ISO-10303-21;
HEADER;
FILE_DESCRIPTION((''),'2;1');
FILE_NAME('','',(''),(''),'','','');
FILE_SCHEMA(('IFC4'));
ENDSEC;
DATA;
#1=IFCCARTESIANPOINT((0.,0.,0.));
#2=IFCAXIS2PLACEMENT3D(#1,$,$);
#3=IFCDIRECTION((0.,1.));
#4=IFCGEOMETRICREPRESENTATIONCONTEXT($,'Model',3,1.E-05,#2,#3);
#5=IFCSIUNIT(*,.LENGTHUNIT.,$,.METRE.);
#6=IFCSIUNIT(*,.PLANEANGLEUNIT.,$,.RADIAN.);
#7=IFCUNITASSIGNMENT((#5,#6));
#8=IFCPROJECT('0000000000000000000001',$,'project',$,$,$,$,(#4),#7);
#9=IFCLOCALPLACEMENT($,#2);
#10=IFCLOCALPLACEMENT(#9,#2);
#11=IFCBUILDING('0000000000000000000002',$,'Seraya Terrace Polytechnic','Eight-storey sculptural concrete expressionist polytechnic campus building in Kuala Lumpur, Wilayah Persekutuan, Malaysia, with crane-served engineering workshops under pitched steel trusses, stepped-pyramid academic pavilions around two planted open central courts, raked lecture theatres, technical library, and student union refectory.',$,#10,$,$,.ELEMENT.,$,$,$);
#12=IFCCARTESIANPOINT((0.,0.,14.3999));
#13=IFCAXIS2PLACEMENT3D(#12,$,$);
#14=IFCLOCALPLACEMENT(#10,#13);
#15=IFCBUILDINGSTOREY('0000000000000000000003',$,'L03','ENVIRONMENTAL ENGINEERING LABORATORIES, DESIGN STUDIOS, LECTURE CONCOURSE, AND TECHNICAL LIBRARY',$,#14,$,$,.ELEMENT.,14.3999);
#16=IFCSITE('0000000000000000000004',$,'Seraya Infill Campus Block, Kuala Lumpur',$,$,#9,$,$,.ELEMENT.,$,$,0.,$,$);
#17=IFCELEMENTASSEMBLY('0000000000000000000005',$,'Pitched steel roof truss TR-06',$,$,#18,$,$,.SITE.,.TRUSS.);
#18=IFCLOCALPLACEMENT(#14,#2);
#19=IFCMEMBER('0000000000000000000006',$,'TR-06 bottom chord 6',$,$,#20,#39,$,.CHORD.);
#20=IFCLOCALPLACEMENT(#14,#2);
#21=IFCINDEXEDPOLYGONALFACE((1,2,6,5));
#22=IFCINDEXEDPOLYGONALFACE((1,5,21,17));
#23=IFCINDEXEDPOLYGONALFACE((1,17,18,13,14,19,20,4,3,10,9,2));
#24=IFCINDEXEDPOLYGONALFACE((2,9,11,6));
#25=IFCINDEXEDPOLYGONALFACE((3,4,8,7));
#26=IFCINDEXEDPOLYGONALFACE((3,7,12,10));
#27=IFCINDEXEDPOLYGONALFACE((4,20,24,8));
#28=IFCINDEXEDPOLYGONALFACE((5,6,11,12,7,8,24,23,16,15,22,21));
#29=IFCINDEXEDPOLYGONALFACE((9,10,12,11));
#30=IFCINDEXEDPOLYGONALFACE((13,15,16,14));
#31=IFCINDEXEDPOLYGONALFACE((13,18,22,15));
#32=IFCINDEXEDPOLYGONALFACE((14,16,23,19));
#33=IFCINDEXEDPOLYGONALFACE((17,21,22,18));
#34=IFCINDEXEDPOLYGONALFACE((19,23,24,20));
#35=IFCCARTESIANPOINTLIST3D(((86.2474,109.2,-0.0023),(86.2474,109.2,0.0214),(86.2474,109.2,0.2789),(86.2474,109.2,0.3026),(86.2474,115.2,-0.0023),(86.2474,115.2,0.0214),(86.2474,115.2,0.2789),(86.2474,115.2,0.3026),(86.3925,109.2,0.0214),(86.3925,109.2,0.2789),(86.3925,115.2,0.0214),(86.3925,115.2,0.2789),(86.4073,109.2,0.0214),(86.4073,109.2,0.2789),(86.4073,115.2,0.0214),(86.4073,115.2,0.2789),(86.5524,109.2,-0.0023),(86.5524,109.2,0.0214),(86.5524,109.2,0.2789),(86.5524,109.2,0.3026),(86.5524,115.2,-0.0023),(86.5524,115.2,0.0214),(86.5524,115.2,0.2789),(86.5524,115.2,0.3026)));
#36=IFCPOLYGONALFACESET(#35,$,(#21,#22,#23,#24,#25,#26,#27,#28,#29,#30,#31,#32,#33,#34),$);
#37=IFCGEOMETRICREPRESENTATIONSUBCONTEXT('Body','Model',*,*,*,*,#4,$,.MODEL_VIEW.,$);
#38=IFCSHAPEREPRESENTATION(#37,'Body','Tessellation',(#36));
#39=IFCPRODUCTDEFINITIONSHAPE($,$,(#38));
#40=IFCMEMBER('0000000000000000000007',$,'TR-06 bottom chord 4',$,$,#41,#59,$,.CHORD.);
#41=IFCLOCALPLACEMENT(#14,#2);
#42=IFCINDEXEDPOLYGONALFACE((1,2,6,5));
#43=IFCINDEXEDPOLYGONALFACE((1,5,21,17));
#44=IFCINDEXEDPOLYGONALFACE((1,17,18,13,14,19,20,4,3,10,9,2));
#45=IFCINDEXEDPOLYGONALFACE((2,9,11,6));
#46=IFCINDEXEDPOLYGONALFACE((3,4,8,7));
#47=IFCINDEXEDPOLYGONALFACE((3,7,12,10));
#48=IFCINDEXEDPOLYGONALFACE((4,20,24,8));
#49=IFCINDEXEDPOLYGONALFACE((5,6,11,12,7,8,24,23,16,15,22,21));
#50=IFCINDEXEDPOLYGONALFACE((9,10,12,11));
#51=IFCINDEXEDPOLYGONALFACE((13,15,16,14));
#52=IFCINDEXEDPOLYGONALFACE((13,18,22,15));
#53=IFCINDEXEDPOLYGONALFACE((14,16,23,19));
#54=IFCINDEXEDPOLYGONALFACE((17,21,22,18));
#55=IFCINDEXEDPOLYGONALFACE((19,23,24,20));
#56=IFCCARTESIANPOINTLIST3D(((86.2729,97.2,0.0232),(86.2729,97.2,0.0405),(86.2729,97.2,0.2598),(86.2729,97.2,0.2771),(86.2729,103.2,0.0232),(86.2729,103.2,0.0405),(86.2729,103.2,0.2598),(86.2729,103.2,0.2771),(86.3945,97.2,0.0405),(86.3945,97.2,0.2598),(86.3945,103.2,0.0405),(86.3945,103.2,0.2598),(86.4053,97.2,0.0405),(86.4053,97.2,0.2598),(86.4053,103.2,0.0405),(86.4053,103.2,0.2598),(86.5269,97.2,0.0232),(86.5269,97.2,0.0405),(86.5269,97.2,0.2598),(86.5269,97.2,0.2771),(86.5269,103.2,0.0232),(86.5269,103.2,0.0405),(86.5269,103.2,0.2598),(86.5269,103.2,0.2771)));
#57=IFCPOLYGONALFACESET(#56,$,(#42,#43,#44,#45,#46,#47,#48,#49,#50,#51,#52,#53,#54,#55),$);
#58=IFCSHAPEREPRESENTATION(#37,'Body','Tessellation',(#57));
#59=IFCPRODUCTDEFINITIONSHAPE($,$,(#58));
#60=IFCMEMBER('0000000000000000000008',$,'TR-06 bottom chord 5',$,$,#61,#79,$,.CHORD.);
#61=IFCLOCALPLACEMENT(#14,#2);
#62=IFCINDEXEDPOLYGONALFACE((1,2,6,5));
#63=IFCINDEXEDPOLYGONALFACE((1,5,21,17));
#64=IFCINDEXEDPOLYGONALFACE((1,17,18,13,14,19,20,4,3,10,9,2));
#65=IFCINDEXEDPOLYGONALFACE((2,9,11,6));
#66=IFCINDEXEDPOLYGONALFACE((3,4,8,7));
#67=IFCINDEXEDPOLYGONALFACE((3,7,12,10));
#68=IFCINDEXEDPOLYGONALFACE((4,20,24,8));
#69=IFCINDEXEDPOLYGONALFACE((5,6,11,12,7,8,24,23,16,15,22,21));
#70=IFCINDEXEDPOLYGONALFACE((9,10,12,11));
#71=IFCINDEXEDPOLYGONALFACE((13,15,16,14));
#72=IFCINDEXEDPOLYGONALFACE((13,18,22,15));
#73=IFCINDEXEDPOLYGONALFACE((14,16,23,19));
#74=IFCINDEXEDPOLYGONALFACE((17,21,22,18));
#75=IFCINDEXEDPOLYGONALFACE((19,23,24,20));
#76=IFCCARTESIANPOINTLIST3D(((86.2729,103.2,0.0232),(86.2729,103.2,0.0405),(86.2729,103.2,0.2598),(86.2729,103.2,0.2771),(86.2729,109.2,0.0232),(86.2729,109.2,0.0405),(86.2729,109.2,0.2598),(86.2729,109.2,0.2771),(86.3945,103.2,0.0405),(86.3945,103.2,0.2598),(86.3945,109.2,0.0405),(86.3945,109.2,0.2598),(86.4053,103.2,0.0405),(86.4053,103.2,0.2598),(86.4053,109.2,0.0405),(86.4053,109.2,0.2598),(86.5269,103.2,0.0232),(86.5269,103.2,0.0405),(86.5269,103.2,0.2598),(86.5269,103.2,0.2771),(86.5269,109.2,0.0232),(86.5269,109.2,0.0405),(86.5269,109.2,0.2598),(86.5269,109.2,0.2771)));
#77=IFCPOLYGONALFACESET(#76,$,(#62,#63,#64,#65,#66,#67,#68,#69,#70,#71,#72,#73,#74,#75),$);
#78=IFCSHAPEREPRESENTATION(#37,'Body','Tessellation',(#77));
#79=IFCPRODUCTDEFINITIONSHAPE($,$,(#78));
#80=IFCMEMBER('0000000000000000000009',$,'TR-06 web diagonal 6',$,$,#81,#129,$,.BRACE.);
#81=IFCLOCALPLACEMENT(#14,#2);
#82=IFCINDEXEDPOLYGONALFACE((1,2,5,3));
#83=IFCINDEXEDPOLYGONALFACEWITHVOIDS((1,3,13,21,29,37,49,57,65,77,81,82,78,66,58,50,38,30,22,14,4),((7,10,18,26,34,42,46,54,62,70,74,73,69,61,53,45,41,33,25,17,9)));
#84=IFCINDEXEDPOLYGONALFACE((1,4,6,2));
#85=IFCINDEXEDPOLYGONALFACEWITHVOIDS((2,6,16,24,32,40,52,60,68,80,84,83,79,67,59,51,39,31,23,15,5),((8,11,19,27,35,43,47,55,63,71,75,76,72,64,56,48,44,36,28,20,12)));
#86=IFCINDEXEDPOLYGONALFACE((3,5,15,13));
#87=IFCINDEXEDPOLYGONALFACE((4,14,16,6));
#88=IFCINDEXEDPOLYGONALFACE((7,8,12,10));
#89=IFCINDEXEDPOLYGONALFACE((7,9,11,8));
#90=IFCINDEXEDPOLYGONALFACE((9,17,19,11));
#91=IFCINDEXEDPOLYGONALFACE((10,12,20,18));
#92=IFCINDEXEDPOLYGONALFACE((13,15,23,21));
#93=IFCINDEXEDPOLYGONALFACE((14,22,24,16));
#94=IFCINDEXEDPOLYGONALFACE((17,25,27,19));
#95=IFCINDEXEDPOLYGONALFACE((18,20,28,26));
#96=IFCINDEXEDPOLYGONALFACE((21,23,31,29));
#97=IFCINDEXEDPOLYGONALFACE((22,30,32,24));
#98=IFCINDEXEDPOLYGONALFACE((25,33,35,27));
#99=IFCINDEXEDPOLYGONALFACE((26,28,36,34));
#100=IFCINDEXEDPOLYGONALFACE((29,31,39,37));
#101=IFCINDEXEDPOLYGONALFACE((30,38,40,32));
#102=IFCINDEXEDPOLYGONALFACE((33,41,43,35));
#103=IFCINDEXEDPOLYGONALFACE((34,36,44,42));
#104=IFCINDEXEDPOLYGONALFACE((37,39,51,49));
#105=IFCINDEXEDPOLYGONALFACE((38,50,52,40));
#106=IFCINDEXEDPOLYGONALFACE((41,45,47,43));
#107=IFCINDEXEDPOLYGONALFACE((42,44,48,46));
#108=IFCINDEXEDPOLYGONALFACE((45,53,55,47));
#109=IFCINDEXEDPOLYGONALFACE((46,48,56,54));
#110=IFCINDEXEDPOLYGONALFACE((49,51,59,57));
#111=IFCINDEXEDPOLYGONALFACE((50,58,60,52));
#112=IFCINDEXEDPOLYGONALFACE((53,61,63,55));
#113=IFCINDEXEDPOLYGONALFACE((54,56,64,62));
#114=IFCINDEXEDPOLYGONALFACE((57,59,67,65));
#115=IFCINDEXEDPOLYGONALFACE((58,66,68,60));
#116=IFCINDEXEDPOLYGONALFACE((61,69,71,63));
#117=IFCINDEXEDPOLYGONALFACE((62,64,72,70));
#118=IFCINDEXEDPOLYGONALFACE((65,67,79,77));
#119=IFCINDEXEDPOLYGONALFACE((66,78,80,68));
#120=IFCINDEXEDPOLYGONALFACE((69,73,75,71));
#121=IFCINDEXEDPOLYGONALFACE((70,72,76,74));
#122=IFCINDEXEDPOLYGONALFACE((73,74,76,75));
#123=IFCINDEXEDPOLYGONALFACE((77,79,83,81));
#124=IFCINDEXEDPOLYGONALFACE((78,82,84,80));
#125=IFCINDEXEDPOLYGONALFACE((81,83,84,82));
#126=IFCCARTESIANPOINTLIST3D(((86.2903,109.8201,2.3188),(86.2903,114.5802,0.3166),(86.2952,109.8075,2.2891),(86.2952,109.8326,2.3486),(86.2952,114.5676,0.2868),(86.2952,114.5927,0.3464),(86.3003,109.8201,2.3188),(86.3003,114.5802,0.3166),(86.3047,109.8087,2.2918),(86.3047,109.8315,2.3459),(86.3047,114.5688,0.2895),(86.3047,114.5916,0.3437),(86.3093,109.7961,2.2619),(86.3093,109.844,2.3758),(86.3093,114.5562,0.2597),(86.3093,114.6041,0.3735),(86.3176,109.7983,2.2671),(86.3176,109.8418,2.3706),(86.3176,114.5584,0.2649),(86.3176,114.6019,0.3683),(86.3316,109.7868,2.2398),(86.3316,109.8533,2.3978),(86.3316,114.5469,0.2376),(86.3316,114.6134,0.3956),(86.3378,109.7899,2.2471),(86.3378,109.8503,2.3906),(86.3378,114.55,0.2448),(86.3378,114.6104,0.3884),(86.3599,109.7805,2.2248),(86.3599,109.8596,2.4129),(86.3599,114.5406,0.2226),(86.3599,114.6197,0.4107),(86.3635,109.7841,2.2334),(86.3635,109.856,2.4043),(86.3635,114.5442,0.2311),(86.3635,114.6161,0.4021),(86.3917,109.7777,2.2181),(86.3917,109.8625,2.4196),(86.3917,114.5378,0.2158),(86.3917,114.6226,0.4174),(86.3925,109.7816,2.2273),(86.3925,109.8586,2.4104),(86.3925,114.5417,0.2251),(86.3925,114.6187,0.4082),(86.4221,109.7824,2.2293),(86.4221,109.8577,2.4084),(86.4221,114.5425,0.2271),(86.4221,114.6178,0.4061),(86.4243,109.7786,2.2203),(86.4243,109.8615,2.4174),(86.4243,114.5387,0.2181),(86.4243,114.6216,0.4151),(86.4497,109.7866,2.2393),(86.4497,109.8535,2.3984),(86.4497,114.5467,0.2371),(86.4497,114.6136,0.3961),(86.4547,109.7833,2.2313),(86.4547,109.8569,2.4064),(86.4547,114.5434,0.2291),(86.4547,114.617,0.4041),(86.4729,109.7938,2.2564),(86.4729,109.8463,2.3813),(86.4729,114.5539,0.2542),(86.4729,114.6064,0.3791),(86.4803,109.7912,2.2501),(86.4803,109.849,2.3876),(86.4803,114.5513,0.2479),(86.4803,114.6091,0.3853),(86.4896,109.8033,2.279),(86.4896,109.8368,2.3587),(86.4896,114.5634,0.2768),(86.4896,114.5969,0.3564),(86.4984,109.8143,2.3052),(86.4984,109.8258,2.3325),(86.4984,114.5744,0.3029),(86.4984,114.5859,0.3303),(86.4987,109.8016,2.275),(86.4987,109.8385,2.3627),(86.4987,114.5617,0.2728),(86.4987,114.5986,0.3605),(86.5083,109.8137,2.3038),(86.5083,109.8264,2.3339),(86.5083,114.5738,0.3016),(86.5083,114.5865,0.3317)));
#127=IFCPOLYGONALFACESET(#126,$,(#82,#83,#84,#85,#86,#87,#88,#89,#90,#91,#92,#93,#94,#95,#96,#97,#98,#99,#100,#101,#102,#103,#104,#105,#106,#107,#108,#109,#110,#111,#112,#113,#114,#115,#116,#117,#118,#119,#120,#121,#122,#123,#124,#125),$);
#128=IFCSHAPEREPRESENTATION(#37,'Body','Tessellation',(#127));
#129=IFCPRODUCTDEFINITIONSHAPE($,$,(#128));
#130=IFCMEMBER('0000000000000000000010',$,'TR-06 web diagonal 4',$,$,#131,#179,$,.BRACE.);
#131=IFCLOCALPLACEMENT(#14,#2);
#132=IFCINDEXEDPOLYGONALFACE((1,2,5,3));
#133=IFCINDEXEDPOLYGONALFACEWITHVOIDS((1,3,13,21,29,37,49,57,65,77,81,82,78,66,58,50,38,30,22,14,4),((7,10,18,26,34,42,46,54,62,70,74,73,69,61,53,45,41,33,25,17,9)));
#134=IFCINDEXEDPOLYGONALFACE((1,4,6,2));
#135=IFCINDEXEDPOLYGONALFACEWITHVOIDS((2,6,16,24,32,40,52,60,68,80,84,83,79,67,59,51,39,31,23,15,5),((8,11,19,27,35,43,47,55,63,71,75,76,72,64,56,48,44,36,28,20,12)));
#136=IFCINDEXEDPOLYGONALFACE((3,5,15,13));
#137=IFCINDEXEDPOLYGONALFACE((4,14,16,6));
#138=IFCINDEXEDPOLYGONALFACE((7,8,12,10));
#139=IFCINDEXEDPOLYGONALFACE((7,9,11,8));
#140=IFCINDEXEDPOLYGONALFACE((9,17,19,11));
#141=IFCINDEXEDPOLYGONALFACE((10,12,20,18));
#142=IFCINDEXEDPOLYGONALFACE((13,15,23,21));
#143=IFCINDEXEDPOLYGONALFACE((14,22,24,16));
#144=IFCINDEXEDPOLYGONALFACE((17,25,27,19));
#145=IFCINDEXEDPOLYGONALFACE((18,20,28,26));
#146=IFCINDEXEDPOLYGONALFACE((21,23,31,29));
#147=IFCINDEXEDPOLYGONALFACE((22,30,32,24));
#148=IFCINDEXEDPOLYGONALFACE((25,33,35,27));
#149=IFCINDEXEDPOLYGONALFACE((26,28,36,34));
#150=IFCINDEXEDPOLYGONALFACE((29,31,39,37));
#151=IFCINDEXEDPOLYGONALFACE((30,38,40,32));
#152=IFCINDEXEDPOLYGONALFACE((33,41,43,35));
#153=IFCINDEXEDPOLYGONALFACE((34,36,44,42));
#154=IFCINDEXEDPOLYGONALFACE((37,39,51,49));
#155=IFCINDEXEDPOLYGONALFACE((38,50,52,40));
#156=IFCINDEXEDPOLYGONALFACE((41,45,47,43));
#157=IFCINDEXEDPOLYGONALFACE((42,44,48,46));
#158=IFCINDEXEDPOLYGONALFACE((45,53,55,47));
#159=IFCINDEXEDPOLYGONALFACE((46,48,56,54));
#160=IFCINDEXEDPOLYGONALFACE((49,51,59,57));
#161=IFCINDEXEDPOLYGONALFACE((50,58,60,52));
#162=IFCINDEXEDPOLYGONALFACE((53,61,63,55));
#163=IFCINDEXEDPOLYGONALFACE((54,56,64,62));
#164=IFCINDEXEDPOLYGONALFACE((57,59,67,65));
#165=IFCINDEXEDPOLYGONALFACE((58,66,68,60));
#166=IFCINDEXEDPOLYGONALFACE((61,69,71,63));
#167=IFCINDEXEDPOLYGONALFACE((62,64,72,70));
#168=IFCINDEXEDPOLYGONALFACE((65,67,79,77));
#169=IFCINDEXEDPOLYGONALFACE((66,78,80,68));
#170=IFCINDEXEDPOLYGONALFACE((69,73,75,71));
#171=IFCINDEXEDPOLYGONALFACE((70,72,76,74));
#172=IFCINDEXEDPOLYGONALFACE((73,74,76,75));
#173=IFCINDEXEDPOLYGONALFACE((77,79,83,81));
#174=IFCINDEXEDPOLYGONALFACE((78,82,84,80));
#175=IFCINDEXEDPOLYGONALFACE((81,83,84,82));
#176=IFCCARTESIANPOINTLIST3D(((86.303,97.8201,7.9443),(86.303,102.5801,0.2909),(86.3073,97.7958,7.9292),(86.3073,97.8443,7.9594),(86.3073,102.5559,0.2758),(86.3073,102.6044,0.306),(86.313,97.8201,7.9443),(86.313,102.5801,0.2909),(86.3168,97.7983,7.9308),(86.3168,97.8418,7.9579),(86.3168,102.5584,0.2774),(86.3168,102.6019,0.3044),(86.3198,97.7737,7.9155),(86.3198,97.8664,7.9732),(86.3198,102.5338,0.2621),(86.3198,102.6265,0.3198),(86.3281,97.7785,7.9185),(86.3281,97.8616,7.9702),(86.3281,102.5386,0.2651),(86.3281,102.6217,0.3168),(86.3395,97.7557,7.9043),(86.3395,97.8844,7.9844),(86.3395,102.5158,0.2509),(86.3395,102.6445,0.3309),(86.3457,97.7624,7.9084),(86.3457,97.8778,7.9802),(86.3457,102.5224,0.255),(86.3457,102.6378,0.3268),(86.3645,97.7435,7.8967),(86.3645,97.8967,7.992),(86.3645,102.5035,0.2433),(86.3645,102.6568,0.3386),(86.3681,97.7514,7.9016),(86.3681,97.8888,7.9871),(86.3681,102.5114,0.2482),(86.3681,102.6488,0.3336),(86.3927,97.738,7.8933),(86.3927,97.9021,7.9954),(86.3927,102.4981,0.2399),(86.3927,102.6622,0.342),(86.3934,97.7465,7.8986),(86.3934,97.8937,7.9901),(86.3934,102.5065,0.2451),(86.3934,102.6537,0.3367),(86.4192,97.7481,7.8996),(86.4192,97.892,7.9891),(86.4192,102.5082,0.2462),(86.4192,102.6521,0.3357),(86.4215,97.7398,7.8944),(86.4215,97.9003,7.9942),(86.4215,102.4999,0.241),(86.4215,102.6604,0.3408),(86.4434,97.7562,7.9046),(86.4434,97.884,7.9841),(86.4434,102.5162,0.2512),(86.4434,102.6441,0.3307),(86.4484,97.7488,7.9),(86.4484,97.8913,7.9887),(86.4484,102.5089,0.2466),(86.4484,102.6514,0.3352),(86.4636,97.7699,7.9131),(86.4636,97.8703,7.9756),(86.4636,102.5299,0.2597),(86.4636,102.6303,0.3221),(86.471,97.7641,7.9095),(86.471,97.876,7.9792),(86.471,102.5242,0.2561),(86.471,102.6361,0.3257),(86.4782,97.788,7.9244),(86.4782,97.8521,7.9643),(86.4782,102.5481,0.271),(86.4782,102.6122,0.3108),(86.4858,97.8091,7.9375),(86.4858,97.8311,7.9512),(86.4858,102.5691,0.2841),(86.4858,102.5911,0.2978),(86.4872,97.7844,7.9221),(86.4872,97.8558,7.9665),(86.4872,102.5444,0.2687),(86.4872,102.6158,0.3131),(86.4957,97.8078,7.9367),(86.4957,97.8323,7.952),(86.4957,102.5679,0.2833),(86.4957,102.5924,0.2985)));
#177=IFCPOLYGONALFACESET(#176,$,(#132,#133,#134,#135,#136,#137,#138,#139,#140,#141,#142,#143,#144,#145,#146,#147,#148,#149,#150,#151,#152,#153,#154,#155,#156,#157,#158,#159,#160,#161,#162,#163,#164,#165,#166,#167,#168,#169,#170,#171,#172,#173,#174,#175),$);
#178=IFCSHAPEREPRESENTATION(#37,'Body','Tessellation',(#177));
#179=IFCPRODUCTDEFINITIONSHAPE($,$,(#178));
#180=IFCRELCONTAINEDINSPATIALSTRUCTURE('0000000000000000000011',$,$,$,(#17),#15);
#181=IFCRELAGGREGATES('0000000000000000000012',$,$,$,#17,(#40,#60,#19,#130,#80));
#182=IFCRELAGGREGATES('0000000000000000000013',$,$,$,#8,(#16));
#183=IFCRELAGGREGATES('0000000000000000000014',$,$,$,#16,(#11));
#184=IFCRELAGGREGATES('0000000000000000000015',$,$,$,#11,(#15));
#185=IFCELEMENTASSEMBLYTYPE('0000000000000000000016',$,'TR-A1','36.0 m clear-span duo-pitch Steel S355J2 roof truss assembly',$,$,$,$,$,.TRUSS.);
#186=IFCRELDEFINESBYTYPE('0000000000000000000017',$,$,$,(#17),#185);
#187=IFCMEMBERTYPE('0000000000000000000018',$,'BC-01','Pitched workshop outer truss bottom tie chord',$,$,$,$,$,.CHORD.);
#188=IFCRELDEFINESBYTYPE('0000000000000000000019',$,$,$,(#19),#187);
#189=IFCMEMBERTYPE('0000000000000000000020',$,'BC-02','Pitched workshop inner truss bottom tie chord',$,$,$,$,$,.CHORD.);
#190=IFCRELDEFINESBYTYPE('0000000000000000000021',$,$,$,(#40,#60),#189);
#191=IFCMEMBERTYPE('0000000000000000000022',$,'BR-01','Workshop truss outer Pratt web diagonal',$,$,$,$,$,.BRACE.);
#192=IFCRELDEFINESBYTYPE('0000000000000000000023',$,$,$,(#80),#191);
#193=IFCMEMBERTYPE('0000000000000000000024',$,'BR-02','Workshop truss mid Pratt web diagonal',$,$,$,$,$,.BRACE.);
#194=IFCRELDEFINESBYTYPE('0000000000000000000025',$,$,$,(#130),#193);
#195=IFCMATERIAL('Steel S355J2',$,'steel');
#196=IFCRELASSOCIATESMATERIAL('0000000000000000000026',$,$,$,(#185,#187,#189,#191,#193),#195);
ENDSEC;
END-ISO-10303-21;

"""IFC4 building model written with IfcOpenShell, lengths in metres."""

from ifc_helpers import new_model, si_unit, direction, frame, origin, origin_2d, place, context, subcontext, project, spatial, hollow_circle, i_section, extrude, material, material_profile, profile_set, type_object, element, aggregate, save


model = new_model("IFC4")

# Units and contexts
model_context = context("Model", 3, precision=1e-05, world=origin(), true_north=direction((0.0, 1.0)))
body_context = subcontext(model_context, "Body", "Model", "MODEL_VIEW")
ifc_project = project(units=[si_unit("LENGTHUNIT", "METRE"), si_unit("PLANEANGLEUNIT", "RADIAN")], contexts=[model_context])

# Site, building, storey
site_placement = place(None, origin())
site = spatial("IfcSite", under=ifc_project, at=site_placement, Name="Seraya Infill Campus Block, Kuala Lumpur", CompositionType="ELEMENT", RefElevation=0.0)
building_placement = place(site_placement, origin())
building = spatial("IfcBuilding", under=site, at=building_placement, Name="Seraya Terrace Polytechnic", Description="Eight-storey sculptural concrete expressionist polytechnic campus building in Kuala Lumpur, Wilayah Persekutuan, Malaysia, with crane-served engineering workshops under pitched steel trusses, stepped-pyramid academic pavilions around two planted open central courts, raked lecture theatres, technical library, and student union refectory.", CompositionType="ELEMENT")
storey_placement = place(building_placement, frame((0.0, 0.0, 14.3999)))
storey = spatial("IfcBuildingStorey", under=building, at=storey_placement, Name="L03", Description="ENVIRONMENTAL ENGINEERING LABORATORIES, DESIGN STUDIOS, LECTURE CONCOURSE, AND TECHNICAL LIBRARY", CompositionType="ELEMENT", Elevation=14.3999)

# Element assembly, members
ifc_material_1 = material(Name="Steel S355J2", Category="steel")
element_assembly_type = type_object("IfcElementAssemblyType", Name="TR-A1", Description="36.0 m clear-span duo-pitch Steel S355J2 roof truss assembly", PredefinedType="TRUSS", material=ifc_material_1)
assembly_placement = place(storey_placement, origin())
assembly = element("IfcElementAssembly", 1, at=assembly_placement, inside=storey, type_object=element_assembly_type, Name="Pitched steel roof truss TR-06", AssemblyPlace="SITE", PredefinedType="TRUSS")
ifc_material_profile_1 = material_profile(ifc_material_1, i_section(OverallWidth=0.3049, OverallDepth=0.3049, WebThickness=0.0149, FlangeThickness=0.0237, at=origin_2d()), Name="UKC 305x305x14.9x23.8")
ifc_profile_set_1 = profile_set([ifc_material_profile_1], Name="Steel S355J2")
member_type_1 = type_object("IfcMemberType", Name="BC-01", Description="Pitched workshop outer truss bottom tie chord", PredefinedType="CHORD", material=ifc_profile_set_1)
member_1_placement = place(storey_placement, frame((86.3999, 109.2, 0.1501), z_axis=(0.0, 1.0, 0.0), x_axis=(-1.0, 0.0, 0.0)))
member_1 = element("IfcMember", 2, at=member_1_placement, type_object=member_type_1, Name="TR-06 bottom chord 6", PredefinedType="CHORD", context=body_context, shape_type="SweptSolid", body=[
    extrude(i_section(OverallWidth=0.3049, OverallDepth=0.3049, WebThickness=0.0149, FlangeThickness=0.0237, at=origin_2d()), origin(), (0.0, 0.0, 1.0), 6.0),
])
ifc_material_profile_2 = material_profile(ifc_material_1, i_section(OverallWidth=0.2539, OverallDepth=0.2539, WebThickness=0.0107, FlangeThickness=0.0173, at=origin_2d()), Name="UKC 254x254x10.7x17.3")
ifc_profile_set_2 = profile_set([ifc_material_profile_2], Name="Steel S355J2")
member_type_2 = type_object("IfcMemberType", Name="BC-02", Description="Pitched workshop inner truss bottom tie chord", PredefinedType="CHORD", material=ifc_profile_set_2)
member_2_placement = place(storey_placement, frame((86.3999, 97.2, 0.1501), z_axis=(0.0, 1.0, 0.0), x_axis=(-1.0, 0.0, 0.0)))
member_2 = element("IfcMember", 3, at=member_2_placement, type_object=member_type_2, Name="TR-06 bottom chord 4", PredefinedType="CHORD", context=body_context, shape_type="SweptSolid", body=[
    extrude(i_section(OverallWidth=0.2539, OverallDepth=0.2539, WebThickness=0.0107, FlangeThickness=0.0173, at=origin_2d()), origin(), (0.0, 0.0, 1.0), 6.0),
])
member_3_placement = place(storey_placement, frame((86.3999, 103.2, 0.1501), z_axis=(0.0, 1.0, 0.0), x_axis=(-1.0, 0.0, 0.0)))
member_3 = element("IfcMember", 4, at=member_3_placement, type_object=member_type_2, Name="TR-06 bottom chord 5", PredefinedType="CHORD", context=body_context, shape_type="SweptSolid", body=[
    extrude(i_section(OverallWidth=0.2539, OverallDepth=0.2539, WebThickness=0.0107, FlangeThickness=0.0173, at=origin_2d()), origin(), (0.0, 0.0, 1.0), 6.0),
])
ifc_material_profile_3 = material_profile(ifc_material_1, hollow_circle(Radius=0.1096, WallThickness=0.01, at=origin_2d()), Name="CHS 219.1x10.0")
ifc_profile_set_3 = profile_set([ifc_material_profile_3], Name="Steel S355J2")
member_type_3 = type_object("IfcMemberType", Name="BR-01", Description="Workshop truss outer Pratt web diagonal", PredefinedType="BRACE", material=ifc_profile_set_3)
member_4_placement = place(storey_placement, frame((86.3999, 109.8201, 2.3188), z_axis=(0.0, 0.921775, -0.387725), x_axis=(-1.0, 0.0, 0.0)))
member_4 = element("IfcMember", 5, at=member_4_placement, type_object=member_type_3, Name="TR-06 web diagonal 6", PredefinedType="BRACE", context=body_context, shape_type="SweptSolid", body=[
    extrude(hollow_circle(Radius=0.1096, WallThickness=0.01, at=origin_2d()), origin(), (0.0, 0.0, 1.0), 5.1641),
])
ifc_material_profile_4 = material_profile(ifc_material_1, hollow_circle(Radius=0.0969, WallThickness=0.01, at=origin_2d()), Name="CHS 193.7x10.0")
ifc_profile_set_4 = profile_set([ifc_material_profile_4], Name="Steel S355J2")
member_type_4 = type_object("IfcMemberType", Name="BR-02", Description="Workshop truss mid Pratt web diagonal", PredefinedType="BRACE", material=ifc_profile_set_4)
member_5_placement = place(storey_placement, frame((86.3999, 97.8201, 7.9443), z_axis=(0.0, 0.528137, -0.849159), x_axis=(-1.0, 0.0, 0.0)))
member_5 = element("IfcMember", 6, at=member_5_placement, type_object=member_type_4, Name="TR-06 web diagonal 4", PredefinedType="BRACE", context=body_context, shape_type="SweptSolid", body=[
    extrude(hollow_circle(Radius=0.0969, WallThickness=0.01, at=origin_2d()), origin(), (0.0, 0.0, 1.0), 9.0129),
])

aggregate(assembly, [member_2, member_3, member_1, member_5, member_4])

save(model, "model.ifc")
